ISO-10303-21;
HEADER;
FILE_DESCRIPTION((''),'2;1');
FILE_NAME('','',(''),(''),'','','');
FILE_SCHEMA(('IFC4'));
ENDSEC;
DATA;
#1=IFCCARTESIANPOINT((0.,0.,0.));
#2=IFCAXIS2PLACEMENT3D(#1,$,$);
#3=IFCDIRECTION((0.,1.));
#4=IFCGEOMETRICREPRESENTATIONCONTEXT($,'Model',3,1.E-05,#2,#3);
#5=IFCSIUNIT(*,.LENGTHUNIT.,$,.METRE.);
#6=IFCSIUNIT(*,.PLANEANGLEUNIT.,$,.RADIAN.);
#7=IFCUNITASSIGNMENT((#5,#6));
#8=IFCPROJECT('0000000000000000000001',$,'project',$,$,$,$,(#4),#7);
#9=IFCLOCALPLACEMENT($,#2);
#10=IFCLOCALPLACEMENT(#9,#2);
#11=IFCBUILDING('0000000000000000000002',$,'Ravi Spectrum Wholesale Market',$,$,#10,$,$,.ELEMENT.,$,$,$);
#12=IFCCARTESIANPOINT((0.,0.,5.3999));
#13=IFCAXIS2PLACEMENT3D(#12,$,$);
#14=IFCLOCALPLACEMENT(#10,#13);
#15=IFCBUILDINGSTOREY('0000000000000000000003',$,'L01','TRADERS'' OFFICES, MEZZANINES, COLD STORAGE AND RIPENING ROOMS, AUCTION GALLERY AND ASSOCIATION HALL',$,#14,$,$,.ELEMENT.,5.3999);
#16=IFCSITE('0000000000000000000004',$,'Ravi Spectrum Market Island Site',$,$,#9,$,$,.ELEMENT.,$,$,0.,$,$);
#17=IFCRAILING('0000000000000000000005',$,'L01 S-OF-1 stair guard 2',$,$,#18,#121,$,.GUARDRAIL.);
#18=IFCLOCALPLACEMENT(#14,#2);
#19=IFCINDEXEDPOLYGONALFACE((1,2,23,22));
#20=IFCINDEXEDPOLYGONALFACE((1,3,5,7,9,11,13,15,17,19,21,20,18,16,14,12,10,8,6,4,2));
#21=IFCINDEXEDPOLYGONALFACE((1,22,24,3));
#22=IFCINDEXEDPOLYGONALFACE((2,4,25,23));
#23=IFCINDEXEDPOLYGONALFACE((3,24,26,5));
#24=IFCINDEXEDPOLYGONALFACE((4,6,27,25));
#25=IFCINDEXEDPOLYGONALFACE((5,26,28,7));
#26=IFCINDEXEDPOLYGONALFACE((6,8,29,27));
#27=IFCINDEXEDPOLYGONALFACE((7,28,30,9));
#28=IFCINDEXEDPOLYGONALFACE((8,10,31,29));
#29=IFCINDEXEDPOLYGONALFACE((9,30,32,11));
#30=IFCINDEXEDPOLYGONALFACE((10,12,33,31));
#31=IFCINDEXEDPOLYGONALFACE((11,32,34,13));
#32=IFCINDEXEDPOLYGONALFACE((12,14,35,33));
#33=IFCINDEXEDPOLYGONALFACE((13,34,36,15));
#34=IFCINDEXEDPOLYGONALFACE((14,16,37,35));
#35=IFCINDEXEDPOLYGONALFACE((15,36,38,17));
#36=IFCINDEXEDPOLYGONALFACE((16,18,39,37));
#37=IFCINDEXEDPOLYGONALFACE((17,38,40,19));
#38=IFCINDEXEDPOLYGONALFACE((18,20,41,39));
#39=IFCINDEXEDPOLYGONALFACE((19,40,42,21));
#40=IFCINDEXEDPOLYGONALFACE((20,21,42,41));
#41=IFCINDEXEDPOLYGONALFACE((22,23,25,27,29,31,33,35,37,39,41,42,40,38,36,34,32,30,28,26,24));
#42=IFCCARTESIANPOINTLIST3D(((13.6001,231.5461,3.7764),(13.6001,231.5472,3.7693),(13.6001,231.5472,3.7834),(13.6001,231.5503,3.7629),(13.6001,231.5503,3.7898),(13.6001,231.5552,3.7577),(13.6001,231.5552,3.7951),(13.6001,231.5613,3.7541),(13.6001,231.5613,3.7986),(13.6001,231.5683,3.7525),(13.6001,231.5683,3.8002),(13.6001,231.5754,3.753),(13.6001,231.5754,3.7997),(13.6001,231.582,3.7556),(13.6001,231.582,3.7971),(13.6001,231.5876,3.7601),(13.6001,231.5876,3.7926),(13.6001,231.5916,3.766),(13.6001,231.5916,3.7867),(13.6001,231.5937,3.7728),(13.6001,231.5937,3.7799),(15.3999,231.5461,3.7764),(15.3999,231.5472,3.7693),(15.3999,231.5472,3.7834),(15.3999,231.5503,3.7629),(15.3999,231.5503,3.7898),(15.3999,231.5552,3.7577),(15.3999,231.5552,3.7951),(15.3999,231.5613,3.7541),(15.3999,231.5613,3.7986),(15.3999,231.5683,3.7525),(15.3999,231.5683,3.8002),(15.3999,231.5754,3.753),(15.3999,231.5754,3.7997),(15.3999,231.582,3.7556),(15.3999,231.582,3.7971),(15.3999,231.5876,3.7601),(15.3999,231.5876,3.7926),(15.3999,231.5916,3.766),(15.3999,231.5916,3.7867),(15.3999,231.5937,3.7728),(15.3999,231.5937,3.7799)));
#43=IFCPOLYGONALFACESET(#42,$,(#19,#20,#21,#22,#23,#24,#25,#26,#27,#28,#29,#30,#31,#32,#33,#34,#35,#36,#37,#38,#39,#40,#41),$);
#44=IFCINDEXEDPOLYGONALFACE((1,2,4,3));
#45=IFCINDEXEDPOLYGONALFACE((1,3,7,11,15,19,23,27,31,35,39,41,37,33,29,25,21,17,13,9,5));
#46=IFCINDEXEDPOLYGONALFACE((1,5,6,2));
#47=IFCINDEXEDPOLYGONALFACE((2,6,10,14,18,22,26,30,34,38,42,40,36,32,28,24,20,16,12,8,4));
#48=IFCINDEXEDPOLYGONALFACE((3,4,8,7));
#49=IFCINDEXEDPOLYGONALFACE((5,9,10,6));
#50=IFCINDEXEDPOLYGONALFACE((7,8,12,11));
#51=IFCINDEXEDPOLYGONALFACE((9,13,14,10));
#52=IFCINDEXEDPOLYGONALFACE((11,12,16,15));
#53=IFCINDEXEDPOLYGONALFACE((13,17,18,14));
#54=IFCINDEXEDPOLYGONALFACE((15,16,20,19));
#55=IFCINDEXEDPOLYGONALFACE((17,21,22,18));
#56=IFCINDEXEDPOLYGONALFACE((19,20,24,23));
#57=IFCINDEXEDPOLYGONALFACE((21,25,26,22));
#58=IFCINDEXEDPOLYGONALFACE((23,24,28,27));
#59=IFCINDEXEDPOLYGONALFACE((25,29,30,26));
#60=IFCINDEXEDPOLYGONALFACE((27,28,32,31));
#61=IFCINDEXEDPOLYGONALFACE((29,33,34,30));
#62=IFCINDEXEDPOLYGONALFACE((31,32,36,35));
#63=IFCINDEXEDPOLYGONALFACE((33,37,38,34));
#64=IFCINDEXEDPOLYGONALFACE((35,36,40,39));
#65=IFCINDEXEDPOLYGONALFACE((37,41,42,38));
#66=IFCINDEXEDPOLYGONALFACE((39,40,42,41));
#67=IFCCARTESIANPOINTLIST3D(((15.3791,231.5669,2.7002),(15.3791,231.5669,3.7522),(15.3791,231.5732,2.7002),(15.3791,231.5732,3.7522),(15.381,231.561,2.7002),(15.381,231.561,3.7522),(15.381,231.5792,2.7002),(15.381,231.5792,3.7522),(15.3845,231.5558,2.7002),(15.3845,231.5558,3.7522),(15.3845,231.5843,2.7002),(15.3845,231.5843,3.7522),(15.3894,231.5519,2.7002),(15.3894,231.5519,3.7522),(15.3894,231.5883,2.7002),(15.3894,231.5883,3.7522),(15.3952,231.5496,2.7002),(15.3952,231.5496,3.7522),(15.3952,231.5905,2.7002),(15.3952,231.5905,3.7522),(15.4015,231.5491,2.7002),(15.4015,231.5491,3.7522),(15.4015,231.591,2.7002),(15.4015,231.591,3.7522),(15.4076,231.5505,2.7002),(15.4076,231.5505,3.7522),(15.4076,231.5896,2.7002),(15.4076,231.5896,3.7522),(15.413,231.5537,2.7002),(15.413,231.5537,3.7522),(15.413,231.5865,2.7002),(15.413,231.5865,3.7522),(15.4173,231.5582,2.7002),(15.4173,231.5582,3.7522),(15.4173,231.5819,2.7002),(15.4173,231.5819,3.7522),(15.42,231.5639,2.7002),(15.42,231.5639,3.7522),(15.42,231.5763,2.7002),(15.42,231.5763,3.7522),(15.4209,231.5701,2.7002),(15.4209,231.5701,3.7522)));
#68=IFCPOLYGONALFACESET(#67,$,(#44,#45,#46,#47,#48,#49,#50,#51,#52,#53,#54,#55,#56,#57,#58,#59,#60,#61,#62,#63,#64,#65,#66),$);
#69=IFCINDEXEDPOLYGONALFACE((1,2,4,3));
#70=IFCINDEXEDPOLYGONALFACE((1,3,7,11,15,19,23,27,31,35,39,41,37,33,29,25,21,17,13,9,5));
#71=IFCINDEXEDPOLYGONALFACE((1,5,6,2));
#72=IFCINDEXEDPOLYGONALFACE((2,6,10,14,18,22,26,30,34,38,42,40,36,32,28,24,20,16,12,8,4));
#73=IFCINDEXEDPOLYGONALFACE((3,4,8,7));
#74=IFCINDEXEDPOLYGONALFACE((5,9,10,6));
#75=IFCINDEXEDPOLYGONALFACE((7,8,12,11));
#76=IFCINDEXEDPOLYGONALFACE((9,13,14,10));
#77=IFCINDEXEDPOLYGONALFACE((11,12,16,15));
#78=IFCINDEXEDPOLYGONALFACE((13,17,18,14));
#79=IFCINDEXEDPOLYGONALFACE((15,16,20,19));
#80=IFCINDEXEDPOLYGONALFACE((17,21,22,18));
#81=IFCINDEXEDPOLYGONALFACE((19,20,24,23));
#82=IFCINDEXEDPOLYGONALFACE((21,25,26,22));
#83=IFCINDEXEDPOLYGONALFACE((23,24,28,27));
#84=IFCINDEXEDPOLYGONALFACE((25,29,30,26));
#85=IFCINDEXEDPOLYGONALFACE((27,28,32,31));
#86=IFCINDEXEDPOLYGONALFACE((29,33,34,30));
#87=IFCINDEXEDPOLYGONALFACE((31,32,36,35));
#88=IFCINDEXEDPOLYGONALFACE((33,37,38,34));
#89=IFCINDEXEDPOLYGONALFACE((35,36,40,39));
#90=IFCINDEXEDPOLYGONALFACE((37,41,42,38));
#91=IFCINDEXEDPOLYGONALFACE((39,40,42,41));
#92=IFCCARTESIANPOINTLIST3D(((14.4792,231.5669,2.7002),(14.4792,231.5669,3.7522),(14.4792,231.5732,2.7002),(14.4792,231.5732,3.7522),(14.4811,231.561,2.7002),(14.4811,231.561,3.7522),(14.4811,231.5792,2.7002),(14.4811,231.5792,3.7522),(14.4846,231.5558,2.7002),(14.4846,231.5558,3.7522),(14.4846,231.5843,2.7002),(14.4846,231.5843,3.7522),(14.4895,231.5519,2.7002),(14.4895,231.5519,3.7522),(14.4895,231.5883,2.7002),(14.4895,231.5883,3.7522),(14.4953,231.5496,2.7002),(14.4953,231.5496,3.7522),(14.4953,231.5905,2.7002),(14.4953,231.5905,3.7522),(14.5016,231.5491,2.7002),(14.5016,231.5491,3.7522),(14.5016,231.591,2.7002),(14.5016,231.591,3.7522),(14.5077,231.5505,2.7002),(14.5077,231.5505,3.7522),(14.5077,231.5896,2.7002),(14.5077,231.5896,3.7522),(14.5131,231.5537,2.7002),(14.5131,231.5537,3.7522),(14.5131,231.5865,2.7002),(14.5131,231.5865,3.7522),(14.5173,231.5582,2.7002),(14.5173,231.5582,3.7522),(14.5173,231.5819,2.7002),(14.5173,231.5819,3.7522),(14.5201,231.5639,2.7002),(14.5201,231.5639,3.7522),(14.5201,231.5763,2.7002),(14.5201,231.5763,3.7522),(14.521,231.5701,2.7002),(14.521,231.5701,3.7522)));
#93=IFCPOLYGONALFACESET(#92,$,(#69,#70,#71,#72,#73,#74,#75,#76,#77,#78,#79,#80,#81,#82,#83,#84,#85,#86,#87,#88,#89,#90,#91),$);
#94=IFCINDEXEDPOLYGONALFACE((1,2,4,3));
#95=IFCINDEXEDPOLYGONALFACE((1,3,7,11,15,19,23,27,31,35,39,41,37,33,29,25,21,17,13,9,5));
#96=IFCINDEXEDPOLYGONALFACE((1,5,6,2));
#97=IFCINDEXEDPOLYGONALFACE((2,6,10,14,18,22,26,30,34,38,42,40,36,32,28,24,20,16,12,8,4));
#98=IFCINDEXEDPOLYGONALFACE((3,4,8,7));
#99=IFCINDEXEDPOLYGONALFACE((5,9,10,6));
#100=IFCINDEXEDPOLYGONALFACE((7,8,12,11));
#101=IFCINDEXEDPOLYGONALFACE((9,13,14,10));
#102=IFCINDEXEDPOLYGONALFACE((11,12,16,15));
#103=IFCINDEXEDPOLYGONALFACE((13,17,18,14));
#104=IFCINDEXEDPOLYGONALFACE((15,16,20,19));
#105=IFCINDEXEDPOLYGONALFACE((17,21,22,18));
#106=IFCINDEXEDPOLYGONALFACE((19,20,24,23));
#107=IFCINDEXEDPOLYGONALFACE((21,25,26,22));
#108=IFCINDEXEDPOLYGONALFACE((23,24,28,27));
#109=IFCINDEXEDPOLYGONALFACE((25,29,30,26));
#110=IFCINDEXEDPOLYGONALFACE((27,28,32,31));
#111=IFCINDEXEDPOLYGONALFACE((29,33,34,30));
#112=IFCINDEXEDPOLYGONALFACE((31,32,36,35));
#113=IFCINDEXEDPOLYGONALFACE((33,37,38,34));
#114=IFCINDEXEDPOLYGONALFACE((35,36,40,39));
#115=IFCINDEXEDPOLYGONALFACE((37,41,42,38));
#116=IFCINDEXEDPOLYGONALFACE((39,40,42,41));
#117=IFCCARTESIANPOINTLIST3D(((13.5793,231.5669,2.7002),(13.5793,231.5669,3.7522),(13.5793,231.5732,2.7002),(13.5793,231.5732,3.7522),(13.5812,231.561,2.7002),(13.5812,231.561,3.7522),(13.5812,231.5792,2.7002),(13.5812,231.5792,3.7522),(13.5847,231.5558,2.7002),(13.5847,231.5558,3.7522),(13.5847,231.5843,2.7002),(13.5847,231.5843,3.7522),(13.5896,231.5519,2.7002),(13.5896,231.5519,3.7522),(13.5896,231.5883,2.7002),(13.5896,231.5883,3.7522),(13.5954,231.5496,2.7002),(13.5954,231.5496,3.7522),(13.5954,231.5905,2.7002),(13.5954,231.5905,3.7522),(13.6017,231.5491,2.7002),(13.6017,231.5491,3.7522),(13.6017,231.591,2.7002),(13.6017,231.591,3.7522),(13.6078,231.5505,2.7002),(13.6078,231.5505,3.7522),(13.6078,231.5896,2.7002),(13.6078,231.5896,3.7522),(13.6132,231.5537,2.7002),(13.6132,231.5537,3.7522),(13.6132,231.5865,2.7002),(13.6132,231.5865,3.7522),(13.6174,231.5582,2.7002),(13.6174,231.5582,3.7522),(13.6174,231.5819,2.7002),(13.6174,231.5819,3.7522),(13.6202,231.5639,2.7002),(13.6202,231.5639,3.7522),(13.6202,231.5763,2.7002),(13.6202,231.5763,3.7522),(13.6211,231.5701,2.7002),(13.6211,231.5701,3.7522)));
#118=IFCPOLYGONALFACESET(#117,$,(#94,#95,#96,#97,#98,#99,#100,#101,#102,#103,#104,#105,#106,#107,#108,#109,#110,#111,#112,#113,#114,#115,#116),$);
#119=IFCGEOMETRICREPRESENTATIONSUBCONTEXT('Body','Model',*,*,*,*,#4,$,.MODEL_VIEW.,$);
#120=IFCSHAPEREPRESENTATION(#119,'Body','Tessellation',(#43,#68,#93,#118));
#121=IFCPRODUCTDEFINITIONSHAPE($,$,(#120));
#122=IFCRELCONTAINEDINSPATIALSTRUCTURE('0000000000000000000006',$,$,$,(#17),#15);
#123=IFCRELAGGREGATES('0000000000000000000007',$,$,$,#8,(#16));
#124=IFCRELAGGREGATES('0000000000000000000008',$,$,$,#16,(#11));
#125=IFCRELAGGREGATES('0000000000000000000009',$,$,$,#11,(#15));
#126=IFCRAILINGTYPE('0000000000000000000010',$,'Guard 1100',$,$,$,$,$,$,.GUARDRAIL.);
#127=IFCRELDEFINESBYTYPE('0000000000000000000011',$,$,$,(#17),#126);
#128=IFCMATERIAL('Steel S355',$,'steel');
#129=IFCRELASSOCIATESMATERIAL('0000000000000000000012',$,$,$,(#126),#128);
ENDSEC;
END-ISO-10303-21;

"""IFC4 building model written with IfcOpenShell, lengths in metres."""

from ifc_helpers import new_model, si_unit, direction, frame, origin, origin_2d, place, context, subcontext, project, spatial, circle, extrude, material, type_object, element, save


model = new_model("IFC4")

# Units and contexts
model_context = context("Model", 3, precision=1e-05, world=origin(), true_north=direction((0.0, 1.0)))
body_context = subcontext(model_context, "Body", "Model", "MODEL_VIEW")
ifc_project = project(units=[si_unit("LENGTHUNIT", "METRE"), si_unit("PLANEANGLEUNIT", "RADIAN")], contexts=[model_context])

# Site, building, storey
site_placement = place(None, origin())
site = spatial("IfcSite", under=ifc_project, at=site_placement, Name="Ravi Spectrum Market Island Site", CompositionType="ELEMENT", RefElevation=0.0)
building_placement = place(site_placement, origin())
building = spatial("IfcBuilding", under=site, at=building_placement, Name="Ravi Spectrum Wholesale Market", CompositionType="ELEMENT")
storey_placement = place(building_placement, frame((0.0, 0.0, 5.3999)))
storey = spatial("IfcBuildingStorey", under=building, at=storey_placement, Name="L01", Description="TRADERS' OFFICES, MEZZANINES, COLD STORAGE AND RIPENING ROOMS, AUCTION GALLERY AND ASSOCIATION HALL", CompositionType="ELEMENT", Elevation=5.3999)

# Railing
ifc_material_1 = material(Name="Steel S355", Category="steel")
railing_type_1 = type_object("IfcRailingType", Name="Guard 1100", PredefinedType="GUARDRAIL", material=ifc_material_1)
railing_1_placement = place(storey_placement, frame((15.3999, 231.5701, 2.7002)))
element("IfcRailing", 1, at=railing_1_placement, inside=storey, type_object=railing_type_1, Name="L01 S-OF-1 stair guard 2", PredefinedType="GUARDRAIL", context=body_context, shape_type="SweptSolid", body=[
    extrude(circle(Radius=0.0239, at=origin_2d()), frame((0.0, 0.0, 1.0762), z_axis=(-1.0, 0.0, 0.0), x_axis=(0.0, -1.0, 0.0)), (0.0, 0.0, 1.0), 1.7998),
    extrude(circle(Radius=0.021, at=origin_2d()), origin(), (0.0, 0.0, 1.0), 1.052),
    extrude(circle(Radius=0.021, at=origin_2d()), frame((-0.8999, 0.0, 0.0)), (0.0, 0.0, 1.0), 1.052),
    extrude(circle(Radius=0.021, at=origin_2d()), frame((-1.7998, 0.0, 0.0)), (0.0, 0.0, 1.0), 1.052),
])

save(model, "model.ifc")
